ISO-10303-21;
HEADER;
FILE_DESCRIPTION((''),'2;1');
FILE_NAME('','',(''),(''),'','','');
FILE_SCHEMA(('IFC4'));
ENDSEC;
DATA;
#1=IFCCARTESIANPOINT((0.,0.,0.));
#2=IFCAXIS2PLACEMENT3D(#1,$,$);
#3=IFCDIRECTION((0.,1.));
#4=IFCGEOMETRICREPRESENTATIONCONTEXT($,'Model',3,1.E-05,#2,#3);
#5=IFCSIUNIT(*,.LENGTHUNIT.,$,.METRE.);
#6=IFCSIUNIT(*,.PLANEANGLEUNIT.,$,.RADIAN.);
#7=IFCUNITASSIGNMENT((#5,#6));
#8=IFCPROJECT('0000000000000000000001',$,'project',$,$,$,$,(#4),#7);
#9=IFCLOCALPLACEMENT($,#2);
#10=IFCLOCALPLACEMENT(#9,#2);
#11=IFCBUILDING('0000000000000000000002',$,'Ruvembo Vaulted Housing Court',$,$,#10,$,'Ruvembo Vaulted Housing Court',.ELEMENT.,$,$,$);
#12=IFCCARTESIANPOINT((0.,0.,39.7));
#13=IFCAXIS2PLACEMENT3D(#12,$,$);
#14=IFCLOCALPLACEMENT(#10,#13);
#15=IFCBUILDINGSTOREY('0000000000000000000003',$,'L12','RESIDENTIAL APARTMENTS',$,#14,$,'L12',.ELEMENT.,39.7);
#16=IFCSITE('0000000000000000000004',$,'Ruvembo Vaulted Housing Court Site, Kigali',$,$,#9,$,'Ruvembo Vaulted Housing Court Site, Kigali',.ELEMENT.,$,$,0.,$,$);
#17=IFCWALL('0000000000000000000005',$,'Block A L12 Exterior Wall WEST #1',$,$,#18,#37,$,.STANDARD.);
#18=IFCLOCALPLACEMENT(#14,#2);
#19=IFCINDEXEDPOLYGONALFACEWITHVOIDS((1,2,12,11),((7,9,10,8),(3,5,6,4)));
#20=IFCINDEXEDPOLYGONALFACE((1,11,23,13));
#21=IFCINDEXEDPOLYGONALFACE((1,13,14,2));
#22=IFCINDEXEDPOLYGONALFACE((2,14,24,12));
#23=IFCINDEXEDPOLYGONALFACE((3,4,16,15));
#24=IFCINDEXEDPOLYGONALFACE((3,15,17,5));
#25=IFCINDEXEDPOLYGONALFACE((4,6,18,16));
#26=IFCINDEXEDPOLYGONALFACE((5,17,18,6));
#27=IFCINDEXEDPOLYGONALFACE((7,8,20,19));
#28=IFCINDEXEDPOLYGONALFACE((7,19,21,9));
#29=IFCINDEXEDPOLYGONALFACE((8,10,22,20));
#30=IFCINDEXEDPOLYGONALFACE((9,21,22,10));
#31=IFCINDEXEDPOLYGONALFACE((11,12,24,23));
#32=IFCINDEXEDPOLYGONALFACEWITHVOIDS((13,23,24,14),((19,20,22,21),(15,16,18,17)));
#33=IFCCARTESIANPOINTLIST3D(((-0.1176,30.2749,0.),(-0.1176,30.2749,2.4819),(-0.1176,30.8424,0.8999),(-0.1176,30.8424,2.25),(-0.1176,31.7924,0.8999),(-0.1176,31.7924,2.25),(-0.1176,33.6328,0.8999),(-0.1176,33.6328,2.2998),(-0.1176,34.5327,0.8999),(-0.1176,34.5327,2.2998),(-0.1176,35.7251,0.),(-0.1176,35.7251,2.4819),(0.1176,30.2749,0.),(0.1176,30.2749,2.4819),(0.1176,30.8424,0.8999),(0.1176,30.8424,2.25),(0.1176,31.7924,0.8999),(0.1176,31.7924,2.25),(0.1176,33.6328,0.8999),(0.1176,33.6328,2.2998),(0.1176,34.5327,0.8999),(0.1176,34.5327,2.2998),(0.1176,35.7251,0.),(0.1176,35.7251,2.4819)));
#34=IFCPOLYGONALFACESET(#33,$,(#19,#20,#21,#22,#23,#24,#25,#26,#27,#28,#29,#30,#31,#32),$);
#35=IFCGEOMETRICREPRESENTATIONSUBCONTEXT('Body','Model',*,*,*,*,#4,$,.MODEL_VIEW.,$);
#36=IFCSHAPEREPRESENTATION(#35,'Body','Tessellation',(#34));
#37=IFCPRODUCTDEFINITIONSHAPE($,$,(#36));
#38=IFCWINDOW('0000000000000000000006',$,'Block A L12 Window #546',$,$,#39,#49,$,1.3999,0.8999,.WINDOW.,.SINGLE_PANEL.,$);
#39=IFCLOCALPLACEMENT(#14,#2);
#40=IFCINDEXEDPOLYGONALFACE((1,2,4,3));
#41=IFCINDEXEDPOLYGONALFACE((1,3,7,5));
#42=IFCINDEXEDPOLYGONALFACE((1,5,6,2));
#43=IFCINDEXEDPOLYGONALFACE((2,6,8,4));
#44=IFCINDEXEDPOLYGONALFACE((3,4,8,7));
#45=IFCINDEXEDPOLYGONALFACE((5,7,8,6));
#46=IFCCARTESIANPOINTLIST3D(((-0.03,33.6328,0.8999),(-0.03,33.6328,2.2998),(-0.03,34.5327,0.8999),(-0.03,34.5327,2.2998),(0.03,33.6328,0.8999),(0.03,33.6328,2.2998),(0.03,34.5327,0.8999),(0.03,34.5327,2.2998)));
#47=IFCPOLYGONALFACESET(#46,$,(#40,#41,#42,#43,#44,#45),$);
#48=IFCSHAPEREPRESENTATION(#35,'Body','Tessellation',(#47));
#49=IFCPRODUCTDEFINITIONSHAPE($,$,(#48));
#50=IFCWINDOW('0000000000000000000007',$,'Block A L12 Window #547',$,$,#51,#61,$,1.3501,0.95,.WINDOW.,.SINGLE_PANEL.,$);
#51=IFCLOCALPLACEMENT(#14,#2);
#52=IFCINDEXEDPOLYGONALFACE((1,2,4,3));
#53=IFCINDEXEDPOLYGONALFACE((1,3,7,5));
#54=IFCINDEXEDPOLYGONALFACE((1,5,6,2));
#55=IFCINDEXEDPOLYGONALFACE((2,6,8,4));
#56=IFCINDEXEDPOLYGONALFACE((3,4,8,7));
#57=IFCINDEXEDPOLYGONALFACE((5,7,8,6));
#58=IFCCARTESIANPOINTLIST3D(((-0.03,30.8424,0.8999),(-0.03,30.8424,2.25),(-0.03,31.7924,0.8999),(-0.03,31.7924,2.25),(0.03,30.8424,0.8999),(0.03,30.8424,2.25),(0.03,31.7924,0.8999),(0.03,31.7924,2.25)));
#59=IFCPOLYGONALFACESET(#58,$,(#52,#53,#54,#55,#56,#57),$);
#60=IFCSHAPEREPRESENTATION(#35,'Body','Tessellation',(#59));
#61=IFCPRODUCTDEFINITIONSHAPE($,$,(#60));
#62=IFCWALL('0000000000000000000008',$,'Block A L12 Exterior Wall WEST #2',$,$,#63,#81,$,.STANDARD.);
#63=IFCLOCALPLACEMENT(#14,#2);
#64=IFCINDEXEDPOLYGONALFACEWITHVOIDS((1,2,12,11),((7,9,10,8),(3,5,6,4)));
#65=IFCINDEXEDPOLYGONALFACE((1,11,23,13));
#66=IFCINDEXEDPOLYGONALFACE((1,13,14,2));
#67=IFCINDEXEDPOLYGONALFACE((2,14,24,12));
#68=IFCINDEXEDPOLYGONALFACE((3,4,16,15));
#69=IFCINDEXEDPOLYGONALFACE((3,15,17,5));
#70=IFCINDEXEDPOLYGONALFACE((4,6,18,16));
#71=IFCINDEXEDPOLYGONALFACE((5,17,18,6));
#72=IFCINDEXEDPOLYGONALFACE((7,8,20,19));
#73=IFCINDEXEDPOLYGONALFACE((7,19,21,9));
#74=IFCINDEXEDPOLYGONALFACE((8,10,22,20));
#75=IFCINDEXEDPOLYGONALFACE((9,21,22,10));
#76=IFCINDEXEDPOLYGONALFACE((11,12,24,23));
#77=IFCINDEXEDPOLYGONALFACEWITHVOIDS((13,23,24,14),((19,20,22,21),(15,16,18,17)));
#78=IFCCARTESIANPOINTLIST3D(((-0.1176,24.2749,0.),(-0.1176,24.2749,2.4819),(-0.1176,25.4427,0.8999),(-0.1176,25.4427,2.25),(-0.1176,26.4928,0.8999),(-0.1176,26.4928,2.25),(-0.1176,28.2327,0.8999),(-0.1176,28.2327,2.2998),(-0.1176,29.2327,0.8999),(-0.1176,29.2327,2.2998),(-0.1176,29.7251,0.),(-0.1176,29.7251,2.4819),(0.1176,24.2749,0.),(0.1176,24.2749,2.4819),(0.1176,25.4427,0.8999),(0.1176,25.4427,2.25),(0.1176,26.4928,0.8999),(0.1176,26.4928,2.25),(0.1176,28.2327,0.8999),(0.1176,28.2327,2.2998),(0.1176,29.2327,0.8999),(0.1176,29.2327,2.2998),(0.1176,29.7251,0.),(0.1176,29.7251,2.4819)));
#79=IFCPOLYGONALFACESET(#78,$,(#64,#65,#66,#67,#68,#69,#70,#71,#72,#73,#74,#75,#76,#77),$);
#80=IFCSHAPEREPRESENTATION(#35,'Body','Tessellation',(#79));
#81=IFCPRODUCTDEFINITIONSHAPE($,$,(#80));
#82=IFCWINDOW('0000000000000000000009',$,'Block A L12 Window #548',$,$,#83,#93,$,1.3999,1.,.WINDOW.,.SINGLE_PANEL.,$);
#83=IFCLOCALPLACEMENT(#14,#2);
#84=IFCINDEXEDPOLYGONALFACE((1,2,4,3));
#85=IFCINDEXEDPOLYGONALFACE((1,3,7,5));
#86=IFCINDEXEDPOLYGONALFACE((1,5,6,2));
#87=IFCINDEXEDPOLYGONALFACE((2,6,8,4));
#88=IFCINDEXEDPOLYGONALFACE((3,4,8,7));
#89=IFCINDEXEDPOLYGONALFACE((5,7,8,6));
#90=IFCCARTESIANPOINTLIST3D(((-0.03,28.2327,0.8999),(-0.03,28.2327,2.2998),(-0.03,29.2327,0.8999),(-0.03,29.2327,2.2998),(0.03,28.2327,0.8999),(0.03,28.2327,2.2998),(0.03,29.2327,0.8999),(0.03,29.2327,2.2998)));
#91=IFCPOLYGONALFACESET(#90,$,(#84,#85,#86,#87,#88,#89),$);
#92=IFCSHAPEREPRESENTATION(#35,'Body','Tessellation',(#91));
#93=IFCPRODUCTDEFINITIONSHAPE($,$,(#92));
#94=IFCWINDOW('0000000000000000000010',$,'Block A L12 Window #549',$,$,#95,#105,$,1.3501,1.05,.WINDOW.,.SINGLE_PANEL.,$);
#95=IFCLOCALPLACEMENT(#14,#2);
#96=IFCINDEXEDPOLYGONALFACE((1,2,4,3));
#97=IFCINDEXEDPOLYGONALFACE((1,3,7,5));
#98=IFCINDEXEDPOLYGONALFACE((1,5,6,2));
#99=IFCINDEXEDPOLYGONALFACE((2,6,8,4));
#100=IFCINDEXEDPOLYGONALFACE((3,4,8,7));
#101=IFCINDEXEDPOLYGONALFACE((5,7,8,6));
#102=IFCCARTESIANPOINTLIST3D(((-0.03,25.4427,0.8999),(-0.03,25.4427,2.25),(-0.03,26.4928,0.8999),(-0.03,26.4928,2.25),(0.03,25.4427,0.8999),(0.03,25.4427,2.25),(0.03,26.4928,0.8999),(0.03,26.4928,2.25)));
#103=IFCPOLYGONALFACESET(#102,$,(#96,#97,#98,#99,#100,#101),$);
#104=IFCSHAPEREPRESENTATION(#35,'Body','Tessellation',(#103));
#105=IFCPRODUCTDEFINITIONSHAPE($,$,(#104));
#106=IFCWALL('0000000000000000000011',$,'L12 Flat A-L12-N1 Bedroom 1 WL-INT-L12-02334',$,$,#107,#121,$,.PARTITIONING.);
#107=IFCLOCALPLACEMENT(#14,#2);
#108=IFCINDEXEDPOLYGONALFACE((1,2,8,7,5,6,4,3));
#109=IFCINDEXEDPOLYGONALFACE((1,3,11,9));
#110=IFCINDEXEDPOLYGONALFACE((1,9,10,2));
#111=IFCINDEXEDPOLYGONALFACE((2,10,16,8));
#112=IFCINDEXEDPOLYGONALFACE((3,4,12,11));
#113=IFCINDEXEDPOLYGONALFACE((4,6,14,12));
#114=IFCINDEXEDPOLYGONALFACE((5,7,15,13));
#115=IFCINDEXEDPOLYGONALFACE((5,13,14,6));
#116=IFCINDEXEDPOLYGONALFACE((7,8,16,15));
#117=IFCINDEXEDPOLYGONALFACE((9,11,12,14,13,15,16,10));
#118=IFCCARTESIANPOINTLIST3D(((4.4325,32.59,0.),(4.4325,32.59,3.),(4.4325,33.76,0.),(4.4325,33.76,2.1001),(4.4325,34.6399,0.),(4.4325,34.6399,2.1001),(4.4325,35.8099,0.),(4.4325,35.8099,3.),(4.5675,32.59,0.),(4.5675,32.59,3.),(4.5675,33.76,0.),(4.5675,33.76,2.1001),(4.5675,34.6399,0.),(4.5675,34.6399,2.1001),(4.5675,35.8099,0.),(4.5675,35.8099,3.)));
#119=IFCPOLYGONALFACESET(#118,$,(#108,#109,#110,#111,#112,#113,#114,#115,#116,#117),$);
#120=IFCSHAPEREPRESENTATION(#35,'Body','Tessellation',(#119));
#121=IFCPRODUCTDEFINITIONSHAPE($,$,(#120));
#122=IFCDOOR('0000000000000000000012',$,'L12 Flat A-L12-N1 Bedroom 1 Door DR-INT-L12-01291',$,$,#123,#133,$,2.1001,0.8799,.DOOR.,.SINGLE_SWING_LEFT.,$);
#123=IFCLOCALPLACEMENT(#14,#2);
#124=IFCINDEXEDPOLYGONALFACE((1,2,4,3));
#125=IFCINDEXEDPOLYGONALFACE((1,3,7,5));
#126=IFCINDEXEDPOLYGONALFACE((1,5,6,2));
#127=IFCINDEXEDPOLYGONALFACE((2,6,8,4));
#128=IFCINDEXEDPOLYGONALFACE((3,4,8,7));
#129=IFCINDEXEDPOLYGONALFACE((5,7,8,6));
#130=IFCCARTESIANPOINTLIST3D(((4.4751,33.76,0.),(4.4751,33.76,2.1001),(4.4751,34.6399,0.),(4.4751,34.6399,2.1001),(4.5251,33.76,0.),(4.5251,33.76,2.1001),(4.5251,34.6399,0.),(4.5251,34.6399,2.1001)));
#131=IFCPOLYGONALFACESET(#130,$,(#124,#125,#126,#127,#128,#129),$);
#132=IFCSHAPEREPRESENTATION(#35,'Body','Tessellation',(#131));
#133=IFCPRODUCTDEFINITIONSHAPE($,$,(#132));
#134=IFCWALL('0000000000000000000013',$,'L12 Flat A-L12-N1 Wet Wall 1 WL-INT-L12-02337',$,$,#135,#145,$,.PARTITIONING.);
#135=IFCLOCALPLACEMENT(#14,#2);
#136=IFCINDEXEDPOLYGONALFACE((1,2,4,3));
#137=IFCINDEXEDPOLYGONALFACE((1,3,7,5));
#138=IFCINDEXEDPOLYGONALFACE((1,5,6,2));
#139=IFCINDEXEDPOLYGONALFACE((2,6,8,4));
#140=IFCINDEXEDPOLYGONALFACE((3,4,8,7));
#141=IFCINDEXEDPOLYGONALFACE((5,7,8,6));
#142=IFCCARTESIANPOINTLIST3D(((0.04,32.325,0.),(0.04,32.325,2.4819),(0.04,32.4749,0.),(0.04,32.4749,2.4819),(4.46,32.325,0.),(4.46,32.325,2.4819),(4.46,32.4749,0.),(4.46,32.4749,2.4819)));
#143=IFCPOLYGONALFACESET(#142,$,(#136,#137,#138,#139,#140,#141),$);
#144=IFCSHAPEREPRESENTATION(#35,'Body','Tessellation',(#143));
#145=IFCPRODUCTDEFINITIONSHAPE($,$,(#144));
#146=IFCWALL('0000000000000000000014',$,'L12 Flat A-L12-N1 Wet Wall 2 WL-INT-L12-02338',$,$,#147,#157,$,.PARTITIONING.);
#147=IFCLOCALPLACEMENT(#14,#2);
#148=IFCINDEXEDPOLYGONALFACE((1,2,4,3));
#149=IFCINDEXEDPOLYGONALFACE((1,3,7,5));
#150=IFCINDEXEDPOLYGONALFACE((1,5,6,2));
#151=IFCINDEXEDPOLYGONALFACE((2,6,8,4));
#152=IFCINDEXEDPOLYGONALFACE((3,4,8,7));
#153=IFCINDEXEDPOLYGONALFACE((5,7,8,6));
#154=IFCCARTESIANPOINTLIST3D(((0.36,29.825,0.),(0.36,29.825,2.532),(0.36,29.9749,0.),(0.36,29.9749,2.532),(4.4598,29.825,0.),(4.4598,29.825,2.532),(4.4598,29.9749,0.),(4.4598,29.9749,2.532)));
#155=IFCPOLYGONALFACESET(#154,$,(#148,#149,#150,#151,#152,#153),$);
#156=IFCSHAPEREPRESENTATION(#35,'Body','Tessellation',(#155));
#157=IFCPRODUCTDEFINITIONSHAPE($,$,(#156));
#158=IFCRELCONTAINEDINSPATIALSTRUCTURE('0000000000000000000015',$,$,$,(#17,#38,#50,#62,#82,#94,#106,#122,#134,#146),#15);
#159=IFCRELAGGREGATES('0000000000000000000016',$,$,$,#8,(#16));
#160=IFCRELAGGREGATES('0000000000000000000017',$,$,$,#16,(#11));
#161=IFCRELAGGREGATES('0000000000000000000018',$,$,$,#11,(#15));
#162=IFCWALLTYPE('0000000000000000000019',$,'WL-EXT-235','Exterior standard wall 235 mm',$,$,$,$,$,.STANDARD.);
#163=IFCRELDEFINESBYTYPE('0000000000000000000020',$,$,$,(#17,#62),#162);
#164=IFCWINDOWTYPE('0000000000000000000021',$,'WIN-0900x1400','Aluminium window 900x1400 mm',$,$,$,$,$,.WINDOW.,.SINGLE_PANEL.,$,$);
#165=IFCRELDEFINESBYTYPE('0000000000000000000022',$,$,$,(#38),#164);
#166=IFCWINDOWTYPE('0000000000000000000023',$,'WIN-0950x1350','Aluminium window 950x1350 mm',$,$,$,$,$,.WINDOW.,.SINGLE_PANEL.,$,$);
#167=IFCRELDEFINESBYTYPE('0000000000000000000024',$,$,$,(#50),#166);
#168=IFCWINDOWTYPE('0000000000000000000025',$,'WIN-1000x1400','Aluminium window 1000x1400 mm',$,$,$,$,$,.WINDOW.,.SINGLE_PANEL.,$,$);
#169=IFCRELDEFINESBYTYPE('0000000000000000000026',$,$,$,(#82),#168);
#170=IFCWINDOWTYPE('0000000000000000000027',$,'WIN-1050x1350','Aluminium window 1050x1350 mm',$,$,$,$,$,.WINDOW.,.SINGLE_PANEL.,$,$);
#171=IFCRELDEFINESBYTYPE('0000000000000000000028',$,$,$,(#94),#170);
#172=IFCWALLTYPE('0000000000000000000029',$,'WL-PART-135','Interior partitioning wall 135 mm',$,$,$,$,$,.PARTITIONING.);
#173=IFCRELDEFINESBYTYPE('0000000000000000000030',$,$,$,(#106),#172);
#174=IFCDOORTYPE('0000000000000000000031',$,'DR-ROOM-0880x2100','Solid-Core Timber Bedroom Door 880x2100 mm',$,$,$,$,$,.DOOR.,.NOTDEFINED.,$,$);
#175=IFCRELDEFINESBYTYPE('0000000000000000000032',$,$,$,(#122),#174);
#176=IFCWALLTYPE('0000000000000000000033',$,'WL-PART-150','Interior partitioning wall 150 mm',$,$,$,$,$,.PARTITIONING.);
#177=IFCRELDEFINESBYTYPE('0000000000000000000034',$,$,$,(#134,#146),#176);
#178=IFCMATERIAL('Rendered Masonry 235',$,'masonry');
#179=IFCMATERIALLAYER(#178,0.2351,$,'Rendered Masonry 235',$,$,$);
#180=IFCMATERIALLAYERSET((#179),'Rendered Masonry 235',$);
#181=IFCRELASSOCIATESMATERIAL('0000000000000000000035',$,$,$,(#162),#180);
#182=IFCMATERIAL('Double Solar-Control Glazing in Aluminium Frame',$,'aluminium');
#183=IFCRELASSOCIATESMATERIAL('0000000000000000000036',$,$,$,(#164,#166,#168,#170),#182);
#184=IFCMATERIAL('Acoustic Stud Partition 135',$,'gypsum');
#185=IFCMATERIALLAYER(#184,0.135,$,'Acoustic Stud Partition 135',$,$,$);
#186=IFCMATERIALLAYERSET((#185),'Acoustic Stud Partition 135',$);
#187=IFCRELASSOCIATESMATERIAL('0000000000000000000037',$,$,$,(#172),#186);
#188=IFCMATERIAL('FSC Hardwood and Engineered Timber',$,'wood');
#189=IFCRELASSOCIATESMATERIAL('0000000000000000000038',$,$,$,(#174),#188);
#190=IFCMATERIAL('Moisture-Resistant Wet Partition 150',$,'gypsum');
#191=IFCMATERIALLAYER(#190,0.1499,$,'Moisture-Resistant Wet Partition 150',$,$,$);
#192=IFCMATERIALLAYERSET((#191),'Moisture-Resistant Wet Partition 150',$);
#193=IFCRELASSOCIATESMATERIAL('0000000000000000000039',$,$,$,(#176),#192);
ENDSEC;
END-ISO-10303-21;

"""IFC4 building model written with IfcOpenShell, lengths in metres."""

from ifc_helpers import new_model, si_unit, direction, frame, frame_2d, origin, place, context, subcontext, project, spatial, rectangle, extrude, material, layer, layer_set, type_object, element, fill, save


model = new_model("IFC4")

# Units and contexts
model_context = context("Model", 3, precision=1e-05, world=origin(), true_north=direction((0.0, 1.0)))
body_context = subcontext(model_context, "Body", "Model", "MODEL_VIEW")
ifc_project = project(units=[si_unit("LENGTHUNIT", "METRE"), si_unit("PLANEANGLEUNIT", "RADIAN")], contexts=[model_context])

# Site, building, storey
site_placement = place(None, origin())
site = spatial("IfcSite", under=ifc_project, at=site_placement, Name="Ruvembo Vaulted Housing Court Site, Kigali", LongName="Ruvembo Vaulted Housing Court Site, Kigali", CompositionType="ELEMENT", RefElevation=0.0)
building_placement = place(site_placement, origin())
building = spatial("IfcBuilding", under=site, at=building_placement, Name="Ruvembo Vaulted Housing Court", LongName="Ruvembo Vaulted Housing Court", CompositionType="ELEMENT")
storey_placement = place(building_placement, frame((0.0, 0.0, 39.7)))
storey = spatial("IfcBuildingStorey", under=building, at=storey_placement, Name="L12", Description="RESIDENTIAL APARTMENTS", LongName="L12", CompositionType="ELEMENT", Elevation=39.7)

# Walls, openings, windows
ifc_material_1 = material(Name="Rendered Masonry 235", Category="masonry")
ifc_layer_1 = layer(ifc_material_1, 0.2351, Name="Rendered Masonry 235")
ifc_layer_set_1 = layer_set([ifc_layer_1], Name="Rendered Masonry 235")
wall_type_1 = type_object("IfcWallType", Name="WL-EXT-235", Description="Exterior standard wall 235 mm", PredefinedType="STANDARD", material=ifc_layer_set_1)
ifc_material_2 = material(Name="Double Solar-Control Glazing in Aluminium Frame", Category="aluminium")
wall_1_placement = place(storey_placement, frame((0.0, 35.7251, 0.0), z_axis=(0.0, 0.0, 1.0), x_axis=(0.0, -1.0, 0.0)))
wall_1 = element("IfcWall", 1, at=wall_1_placement, inside=storey, type_object=wall_type_1, Name="Block A L12 Exterior Wall WEST #1", PredefinedType="STANDARD", context=body_context, shape_type="SweptSolid", body=[
    extrude(rectangle(XDim=5.4502, YDim=0.2351, at=frame_2d((2.7251, 0.0))), origin(), (0.0, 0.0, 1.0), 2.4819),
])
opening_1_placement = place(wall_1_placement, frame((1.1924, 0.0, 0.8999)))
opening_1 = element("IfcOpeningElement", 2, at=opening_1_placement, cuts=wall_1, PredefinedType="OPENING", context=body_context, shape_type="SweptSolid", body=[
    extrude(rectangle(XDim=0.8999, YDim=1.3999, at=frame_2d((0.45, 0.7))), frame((0.0, 0.1274, 0.0), z_axis=(0.0, -1.0, 0.0), x_axis=(1.0, 0.0, 0.0)), (0.0, 0.0, 1.0), 0.2551),
])
opening_2_placement = place(wall_1_placement, frame((3.9326, 0.0, 0.8999)))
opening_2 = element("IfcOpeningElement", 3, at=opening_2_placement, cuts=wall_1, PredefinedType="OPENING", context=body_context, shape_type="SweptSolid", body=[
    extrude(rectangle(XDim=0.95, YDim=1.3501, at=frame_2d((0.4751, 0.675))), frame((0.0, 0.1274, 0.0), z_axis=(0.0, -1.0, 0.0), x_axis=(1.0, 0.0, 0.0)), (0.0, 0.0, 1.0), 0.2551),
])
window_type_1 = type_object("IfcWindowType", Name="WIN-0900x1400", Description="Aluminium window 900x1400 mm", PartitioningType="SINGLE_PANEL", PredefinedType="WINDOW", material=ifc_material_2)
window_1_placement = place(opening_1_placement, origin())
window_1 = element("IfcWindow", 4, at=window_1_placement, inside=storey, type_object=window_type_1, Name="Block A L12 Window #546", OverallHeight=1.3999, OverallWidth=0.8999, PartitioningType="SINGLE_PANEL", PredefinedType="WINDOW", context=body_context, shape_type="SweptSolid", body=[
    extrude(rectangle(XDim=0.8999, YDim=1.3999, at=frame_2d((0.45, 0.7))), frame((0.0, 0.03, 0.0), z_axis=(0.0, -1.0, 0.0), x_axis=(1.0, 0.0, 0.0)), (0.0, 0.0, 1.0), 0.0601),
])
fill(opening_1, window_1)
window_type_2 = type_object("IfcWindowType", Name="WIN-0950x1350", Description="Aluminium window 950x1350 mm", PartitioningType="SINGLE_PANEL", PredefinedType="WINDOW", material=ifc_material_2)
window_2_placement = place(opening_2_placement, origin())
window_2 = element("IfcWindow", 5, at=window_2_placement, inside=storey, type_object=window_type_2, Name="Block A L12 Window #547", OverallHeight=1.3501, OverallWidth=0.95, PartitioningType="SINGLE_PANEL", PredefinedType="WINDOW", context=body_context, shape_type="SweptSolid", body=[
    extrude(rectangle(XDim=0.95, YDim=1.3501, at=frame_2d((0.4751, 0.675))), frame((0.0, 0.03, 0.0), z_axis=(0.0, -1.0, 0.0), x_axis=(1.0, 0.0, 0.0)), (0.0, 0.0, 1.0), 0.0601),
])
fill(opening_2, window_2)
wall_2_placement = place(storey_placement, frame((0.0, 29.7251, 0.0), z_axis=(0.0, 0.0, 1.0), x_axis=(0.0, -1.0, 0.0)))
wall_2 = element("IfcWall", 6, at=wall_2_placement, inside=storey, type_object=wall_type_1, Name="Block A L12 Exterior Wall WEST #2", PredefinedType="STANDARD", context=body_context, shape_type="SweptSolid", body=[
    extrude(rectangle(XDim=5.4502, YDim=0.2351, at=frame_2d((2.7251, 0.0))), origin(), (0.0, 0.0, 1.0), 2.4819),
])
opening_3_placement = place(wall_2_placement, frame((0.4924, 0.0, 0.8999)))
opening_3 = element("IfcOpeningElement", 7, at=opening_3_placement, cuts=wall_2, PredefinedType="OPENING", context=body_context, shape_type="SweptSolid", body=[
    extrude(rectangle(XDim=1.0, YDim=1.3999, at=frame_2d((0.5, 0.7))), frame((0.0, 0.1274, 0.0), z_axis=(0.0, -1.0, 0.0), x_axis=(1.0, 0.0, 0.0)), (0.0, 0.0, 1.0), 0.2551),
])
opening_4_placement = place(wall_2_placement, frame((3.2324, 0.0, 0.8999)))
opening_4 = element("IfcOpeningElement", 8, at=opening_4_placement, cuts=wall_2, PredefinedType="OPENING", context=body_context, shape_type="SweptSolid", body=[
    extrude(rectangle(XDim=1.05, YDim=1.3501, at=frame_2d((0.5249, 0.675))), frame((0.0, 0.1274, 0.0), z_axis=(0.0, -1.0, 0.0), x_axis=(1.0, 0.0, 0.0)), (0.0, 0.0, 1.0), 0.2551),
])
window_type_3 = type_object("IfcWindowType", Name="WIN-1000x1400", Description="Aluminium window 1000x1400 mm", PartitioningType="SINGLE_PANEL", PredefinedType="WINDOW", material=ifc_material_2)
window_3_placement = place(opening_3_placement, origin())
window_3 = element("IfcWindow", 9, at=window_3_placement, inside=storey, type_object=window_type_3, Name="Block A L12 Window #548", OverallHeight=1.3999, OverallWidth=1.0, PartitioningType="SINGLE_PANEL", PredefinedType="WINDOW", context=body_context, shape_type="SweptSolid", body=[
    extrude(rectangle(XDim=1.0, YDim=1.3999, at=frame_2d((0.5, 0.7))), frame((0.0, 0.03, 0.0), z_axis=(0.0, -1.0, 0.0), x_axis=(1.0, 0.0, 0.0)), (0.0, 0.0, 1.0), 0.0601),
])
fill(opening_3, window_3)
window_type_4 = type_object("IfcWindowType", Name="WIN-1050x1350", Description="Aluminium window 1050x1350 mm", PartitioningType="SINGLE_PANEL", PredefinedType="WINDOW", material=ifc_material_2)
window_4_placement = place(opening_4_placement, origin())
window_4 = element("IfcWindow", 10, at=window_4_placement, inside=storey, type_object=window_type_4, Name="Block A L12 Window #549", OverallHeight=1.3501, OverallWidth=1.05, PartitioningType="SINGLE_PANEL", PredefinedType="WINDOW", context=body_context, shape_type="SweptSolid", body=[
    extrude(rectangle(XDim=1.05, YDim=1.3501, at=frame_2d((0.5249, 0.675))), frame((0.0, 0.03, 0.0), z_axis=(0.0, -1.0, 0.0), x_axis=(1.0, 0.0, 0.0)), (0.0, 0.0, 1.0), 0.0601),
])
fill(opening_4, window_4)

# Wall, opening, door
ifc_material_3 = material(Name="Acoustic Stud Partition 135", Category="gypsum")
ifc_layer_2 = layer(ifc_material_3, 0.135, Name="Acoustic Stud Partition 135")
ifc_layer_set_2 = layer_set([ifc_layer_2], Name="Acoustic Stud Partition 135")
wall_type_2 = type_object("IfcWallType", Name="WL-PART-135", Description="Interior partitioning wall 135 mm", PredefinedType="PARTITIONING", material=ifc_layer_set_2)
wall_3_placement = place(storey_placement, frame((4.5, 32.5901, 0.0), z_axis=(0.0, 0.0, 1.0), x_axis=(0.0, 1.0, 0.0)))
wall_3 = element("IfcWall", 11, at=wall_3_placement, inside=storey, type_object=wall_type_2, Name="L12 Flat A-L12-N1 Bedroom 1 WL-INT-L12-02334", PredefinedType="PARTITIONING", context=body_context, shape_type="SweptSolid", body=[
    extrude(rectangle(XDim=3.22, YDim=0.135, at=frame_2d((1.6099, 0.0))), origin(), (0.0, 0.0, 1.0), 3.0),
])
opening_5_placement = place(wall_3_placement, frame((1.1699, 0.0, 0.0)))
opening_5 = element("IfcOpeningElement", 12, at=opening_5_placement, cuts=wall_3, PredefinedType="OPENING", context=body_context, shape_type="SweptSolid", body=[
    extrude(rectangle(XDim=0.8799, YDim=2.1001, at=frame_2d((0.4399, 1.05))), frame((0.0, 0.0774, 0.0), z_axis=(0.0, -1.0, 0.0), x_axis=(1.0, 0.0, 0.0)), (0.0, 0.0, 1.0), 0.155),
])
ifc_material_4 = material(Name="FSC Hardwood and Engineered Timber", Category="wood")
door_type_1 = type_object("IfcDoorType", Name="DR-ROOM-0880x2100", Description="Solid-Core Timber Bedroom Door 880x2100 mm", OperationType="NOTDEFINED", PredefinedType="DOOR", material=ifc_material_4)
door_1_placement = place(opening_5_placement, origin())
door_1 = element("IfcDoor", 13, at=door_1_placement, inside=storey, type_object=door_type_1, Name="L12 Flat A-L12-N1 Bedroom 1 Door DR-INT-L12-01291", OperationType="SINGLE_SWING_LEFT", OverallHeight=2.1001, OverallWidth=0.8799, PredefinedType="DOOR", context=body_context, shape_type="SweptSolid", body=[
    extrude(rectangle(XDim=0.8799, YDim=2.1001, at=frame_2d((0.4399, 1.05))), frame((0.0, 0.0249, 0.0), z_axis=(0.0, -1.0, 0.0), x_axis=(1.0, 0.0, 0.0)), (0.0, 0.0, 1.0), 0.05),
])
fill(opening_5, door_1)

# Walls
ifc_material_5 = material(Name="Moisture-Resistant Wet Partition 150", Category="gypsum")
ifc_layer_3 = layer(ifc_material_5, 0.1499, Name="Moisture-Resistant Wet Partition 150")
ifc_layer_set_3 = layer_set([ifc_layer_3], Name="Moisture-Resistant Wet Partition 150")
wall_type_3 = type_object("IfcWallType", Name="WL-PART-150", Description="Interior partitioning wall 150 mm", PredefinedType="PARTITIONING", material=ifc_layer_set_3)
wall_4_placement = place(storey_placement, frame((0.04, 32.3999, 0.0), z_axis=(0.0, 0.0, 1.0), x_axis=(1.0, 0.0, 0.0)))
element("IfcWall", 14, at=wall_4_placement, inside=storey, type_object=wall_type_3, Name="L12 Flat A-L12-N1 Wet Wall 1 WL-INT-L12-02337", PredefinedType="PARTITIONING", context=body_context, shape_type="SweptSolid", body=[
    extrude(rectangle(XDim=4.4199, YDim=0.1499, at=frame_2d((2.21, 0.0))), origin(), (0.0, 0.0, 1.0), 2.4819),
])
wall_5_placement = place(storey_placement, frame((0.3601, 29.8999, 0.0), z_axis=(0.0, 0.0, 1.0), x_axis=(1.0, 0.0, 0.0)))
element("IfcWall", 15, at=wall_5_placement, inside=storey, type_object=wall_type_3, Name="L12 Flat A-L12-N1 Wet Wall 2 WL-INT-L12-02338", PredefinedType="PARTITIONING", context=body_context, shape_type="SweptSolid", body=[
    extrude(rectangle(XDim=4.0999, YDim=0.1499, at=frame_2d((2.0498, 0.0))), origin(), (0.0, 0.0, 1.0), 2.532),
])

save(model, "model.ifc")
